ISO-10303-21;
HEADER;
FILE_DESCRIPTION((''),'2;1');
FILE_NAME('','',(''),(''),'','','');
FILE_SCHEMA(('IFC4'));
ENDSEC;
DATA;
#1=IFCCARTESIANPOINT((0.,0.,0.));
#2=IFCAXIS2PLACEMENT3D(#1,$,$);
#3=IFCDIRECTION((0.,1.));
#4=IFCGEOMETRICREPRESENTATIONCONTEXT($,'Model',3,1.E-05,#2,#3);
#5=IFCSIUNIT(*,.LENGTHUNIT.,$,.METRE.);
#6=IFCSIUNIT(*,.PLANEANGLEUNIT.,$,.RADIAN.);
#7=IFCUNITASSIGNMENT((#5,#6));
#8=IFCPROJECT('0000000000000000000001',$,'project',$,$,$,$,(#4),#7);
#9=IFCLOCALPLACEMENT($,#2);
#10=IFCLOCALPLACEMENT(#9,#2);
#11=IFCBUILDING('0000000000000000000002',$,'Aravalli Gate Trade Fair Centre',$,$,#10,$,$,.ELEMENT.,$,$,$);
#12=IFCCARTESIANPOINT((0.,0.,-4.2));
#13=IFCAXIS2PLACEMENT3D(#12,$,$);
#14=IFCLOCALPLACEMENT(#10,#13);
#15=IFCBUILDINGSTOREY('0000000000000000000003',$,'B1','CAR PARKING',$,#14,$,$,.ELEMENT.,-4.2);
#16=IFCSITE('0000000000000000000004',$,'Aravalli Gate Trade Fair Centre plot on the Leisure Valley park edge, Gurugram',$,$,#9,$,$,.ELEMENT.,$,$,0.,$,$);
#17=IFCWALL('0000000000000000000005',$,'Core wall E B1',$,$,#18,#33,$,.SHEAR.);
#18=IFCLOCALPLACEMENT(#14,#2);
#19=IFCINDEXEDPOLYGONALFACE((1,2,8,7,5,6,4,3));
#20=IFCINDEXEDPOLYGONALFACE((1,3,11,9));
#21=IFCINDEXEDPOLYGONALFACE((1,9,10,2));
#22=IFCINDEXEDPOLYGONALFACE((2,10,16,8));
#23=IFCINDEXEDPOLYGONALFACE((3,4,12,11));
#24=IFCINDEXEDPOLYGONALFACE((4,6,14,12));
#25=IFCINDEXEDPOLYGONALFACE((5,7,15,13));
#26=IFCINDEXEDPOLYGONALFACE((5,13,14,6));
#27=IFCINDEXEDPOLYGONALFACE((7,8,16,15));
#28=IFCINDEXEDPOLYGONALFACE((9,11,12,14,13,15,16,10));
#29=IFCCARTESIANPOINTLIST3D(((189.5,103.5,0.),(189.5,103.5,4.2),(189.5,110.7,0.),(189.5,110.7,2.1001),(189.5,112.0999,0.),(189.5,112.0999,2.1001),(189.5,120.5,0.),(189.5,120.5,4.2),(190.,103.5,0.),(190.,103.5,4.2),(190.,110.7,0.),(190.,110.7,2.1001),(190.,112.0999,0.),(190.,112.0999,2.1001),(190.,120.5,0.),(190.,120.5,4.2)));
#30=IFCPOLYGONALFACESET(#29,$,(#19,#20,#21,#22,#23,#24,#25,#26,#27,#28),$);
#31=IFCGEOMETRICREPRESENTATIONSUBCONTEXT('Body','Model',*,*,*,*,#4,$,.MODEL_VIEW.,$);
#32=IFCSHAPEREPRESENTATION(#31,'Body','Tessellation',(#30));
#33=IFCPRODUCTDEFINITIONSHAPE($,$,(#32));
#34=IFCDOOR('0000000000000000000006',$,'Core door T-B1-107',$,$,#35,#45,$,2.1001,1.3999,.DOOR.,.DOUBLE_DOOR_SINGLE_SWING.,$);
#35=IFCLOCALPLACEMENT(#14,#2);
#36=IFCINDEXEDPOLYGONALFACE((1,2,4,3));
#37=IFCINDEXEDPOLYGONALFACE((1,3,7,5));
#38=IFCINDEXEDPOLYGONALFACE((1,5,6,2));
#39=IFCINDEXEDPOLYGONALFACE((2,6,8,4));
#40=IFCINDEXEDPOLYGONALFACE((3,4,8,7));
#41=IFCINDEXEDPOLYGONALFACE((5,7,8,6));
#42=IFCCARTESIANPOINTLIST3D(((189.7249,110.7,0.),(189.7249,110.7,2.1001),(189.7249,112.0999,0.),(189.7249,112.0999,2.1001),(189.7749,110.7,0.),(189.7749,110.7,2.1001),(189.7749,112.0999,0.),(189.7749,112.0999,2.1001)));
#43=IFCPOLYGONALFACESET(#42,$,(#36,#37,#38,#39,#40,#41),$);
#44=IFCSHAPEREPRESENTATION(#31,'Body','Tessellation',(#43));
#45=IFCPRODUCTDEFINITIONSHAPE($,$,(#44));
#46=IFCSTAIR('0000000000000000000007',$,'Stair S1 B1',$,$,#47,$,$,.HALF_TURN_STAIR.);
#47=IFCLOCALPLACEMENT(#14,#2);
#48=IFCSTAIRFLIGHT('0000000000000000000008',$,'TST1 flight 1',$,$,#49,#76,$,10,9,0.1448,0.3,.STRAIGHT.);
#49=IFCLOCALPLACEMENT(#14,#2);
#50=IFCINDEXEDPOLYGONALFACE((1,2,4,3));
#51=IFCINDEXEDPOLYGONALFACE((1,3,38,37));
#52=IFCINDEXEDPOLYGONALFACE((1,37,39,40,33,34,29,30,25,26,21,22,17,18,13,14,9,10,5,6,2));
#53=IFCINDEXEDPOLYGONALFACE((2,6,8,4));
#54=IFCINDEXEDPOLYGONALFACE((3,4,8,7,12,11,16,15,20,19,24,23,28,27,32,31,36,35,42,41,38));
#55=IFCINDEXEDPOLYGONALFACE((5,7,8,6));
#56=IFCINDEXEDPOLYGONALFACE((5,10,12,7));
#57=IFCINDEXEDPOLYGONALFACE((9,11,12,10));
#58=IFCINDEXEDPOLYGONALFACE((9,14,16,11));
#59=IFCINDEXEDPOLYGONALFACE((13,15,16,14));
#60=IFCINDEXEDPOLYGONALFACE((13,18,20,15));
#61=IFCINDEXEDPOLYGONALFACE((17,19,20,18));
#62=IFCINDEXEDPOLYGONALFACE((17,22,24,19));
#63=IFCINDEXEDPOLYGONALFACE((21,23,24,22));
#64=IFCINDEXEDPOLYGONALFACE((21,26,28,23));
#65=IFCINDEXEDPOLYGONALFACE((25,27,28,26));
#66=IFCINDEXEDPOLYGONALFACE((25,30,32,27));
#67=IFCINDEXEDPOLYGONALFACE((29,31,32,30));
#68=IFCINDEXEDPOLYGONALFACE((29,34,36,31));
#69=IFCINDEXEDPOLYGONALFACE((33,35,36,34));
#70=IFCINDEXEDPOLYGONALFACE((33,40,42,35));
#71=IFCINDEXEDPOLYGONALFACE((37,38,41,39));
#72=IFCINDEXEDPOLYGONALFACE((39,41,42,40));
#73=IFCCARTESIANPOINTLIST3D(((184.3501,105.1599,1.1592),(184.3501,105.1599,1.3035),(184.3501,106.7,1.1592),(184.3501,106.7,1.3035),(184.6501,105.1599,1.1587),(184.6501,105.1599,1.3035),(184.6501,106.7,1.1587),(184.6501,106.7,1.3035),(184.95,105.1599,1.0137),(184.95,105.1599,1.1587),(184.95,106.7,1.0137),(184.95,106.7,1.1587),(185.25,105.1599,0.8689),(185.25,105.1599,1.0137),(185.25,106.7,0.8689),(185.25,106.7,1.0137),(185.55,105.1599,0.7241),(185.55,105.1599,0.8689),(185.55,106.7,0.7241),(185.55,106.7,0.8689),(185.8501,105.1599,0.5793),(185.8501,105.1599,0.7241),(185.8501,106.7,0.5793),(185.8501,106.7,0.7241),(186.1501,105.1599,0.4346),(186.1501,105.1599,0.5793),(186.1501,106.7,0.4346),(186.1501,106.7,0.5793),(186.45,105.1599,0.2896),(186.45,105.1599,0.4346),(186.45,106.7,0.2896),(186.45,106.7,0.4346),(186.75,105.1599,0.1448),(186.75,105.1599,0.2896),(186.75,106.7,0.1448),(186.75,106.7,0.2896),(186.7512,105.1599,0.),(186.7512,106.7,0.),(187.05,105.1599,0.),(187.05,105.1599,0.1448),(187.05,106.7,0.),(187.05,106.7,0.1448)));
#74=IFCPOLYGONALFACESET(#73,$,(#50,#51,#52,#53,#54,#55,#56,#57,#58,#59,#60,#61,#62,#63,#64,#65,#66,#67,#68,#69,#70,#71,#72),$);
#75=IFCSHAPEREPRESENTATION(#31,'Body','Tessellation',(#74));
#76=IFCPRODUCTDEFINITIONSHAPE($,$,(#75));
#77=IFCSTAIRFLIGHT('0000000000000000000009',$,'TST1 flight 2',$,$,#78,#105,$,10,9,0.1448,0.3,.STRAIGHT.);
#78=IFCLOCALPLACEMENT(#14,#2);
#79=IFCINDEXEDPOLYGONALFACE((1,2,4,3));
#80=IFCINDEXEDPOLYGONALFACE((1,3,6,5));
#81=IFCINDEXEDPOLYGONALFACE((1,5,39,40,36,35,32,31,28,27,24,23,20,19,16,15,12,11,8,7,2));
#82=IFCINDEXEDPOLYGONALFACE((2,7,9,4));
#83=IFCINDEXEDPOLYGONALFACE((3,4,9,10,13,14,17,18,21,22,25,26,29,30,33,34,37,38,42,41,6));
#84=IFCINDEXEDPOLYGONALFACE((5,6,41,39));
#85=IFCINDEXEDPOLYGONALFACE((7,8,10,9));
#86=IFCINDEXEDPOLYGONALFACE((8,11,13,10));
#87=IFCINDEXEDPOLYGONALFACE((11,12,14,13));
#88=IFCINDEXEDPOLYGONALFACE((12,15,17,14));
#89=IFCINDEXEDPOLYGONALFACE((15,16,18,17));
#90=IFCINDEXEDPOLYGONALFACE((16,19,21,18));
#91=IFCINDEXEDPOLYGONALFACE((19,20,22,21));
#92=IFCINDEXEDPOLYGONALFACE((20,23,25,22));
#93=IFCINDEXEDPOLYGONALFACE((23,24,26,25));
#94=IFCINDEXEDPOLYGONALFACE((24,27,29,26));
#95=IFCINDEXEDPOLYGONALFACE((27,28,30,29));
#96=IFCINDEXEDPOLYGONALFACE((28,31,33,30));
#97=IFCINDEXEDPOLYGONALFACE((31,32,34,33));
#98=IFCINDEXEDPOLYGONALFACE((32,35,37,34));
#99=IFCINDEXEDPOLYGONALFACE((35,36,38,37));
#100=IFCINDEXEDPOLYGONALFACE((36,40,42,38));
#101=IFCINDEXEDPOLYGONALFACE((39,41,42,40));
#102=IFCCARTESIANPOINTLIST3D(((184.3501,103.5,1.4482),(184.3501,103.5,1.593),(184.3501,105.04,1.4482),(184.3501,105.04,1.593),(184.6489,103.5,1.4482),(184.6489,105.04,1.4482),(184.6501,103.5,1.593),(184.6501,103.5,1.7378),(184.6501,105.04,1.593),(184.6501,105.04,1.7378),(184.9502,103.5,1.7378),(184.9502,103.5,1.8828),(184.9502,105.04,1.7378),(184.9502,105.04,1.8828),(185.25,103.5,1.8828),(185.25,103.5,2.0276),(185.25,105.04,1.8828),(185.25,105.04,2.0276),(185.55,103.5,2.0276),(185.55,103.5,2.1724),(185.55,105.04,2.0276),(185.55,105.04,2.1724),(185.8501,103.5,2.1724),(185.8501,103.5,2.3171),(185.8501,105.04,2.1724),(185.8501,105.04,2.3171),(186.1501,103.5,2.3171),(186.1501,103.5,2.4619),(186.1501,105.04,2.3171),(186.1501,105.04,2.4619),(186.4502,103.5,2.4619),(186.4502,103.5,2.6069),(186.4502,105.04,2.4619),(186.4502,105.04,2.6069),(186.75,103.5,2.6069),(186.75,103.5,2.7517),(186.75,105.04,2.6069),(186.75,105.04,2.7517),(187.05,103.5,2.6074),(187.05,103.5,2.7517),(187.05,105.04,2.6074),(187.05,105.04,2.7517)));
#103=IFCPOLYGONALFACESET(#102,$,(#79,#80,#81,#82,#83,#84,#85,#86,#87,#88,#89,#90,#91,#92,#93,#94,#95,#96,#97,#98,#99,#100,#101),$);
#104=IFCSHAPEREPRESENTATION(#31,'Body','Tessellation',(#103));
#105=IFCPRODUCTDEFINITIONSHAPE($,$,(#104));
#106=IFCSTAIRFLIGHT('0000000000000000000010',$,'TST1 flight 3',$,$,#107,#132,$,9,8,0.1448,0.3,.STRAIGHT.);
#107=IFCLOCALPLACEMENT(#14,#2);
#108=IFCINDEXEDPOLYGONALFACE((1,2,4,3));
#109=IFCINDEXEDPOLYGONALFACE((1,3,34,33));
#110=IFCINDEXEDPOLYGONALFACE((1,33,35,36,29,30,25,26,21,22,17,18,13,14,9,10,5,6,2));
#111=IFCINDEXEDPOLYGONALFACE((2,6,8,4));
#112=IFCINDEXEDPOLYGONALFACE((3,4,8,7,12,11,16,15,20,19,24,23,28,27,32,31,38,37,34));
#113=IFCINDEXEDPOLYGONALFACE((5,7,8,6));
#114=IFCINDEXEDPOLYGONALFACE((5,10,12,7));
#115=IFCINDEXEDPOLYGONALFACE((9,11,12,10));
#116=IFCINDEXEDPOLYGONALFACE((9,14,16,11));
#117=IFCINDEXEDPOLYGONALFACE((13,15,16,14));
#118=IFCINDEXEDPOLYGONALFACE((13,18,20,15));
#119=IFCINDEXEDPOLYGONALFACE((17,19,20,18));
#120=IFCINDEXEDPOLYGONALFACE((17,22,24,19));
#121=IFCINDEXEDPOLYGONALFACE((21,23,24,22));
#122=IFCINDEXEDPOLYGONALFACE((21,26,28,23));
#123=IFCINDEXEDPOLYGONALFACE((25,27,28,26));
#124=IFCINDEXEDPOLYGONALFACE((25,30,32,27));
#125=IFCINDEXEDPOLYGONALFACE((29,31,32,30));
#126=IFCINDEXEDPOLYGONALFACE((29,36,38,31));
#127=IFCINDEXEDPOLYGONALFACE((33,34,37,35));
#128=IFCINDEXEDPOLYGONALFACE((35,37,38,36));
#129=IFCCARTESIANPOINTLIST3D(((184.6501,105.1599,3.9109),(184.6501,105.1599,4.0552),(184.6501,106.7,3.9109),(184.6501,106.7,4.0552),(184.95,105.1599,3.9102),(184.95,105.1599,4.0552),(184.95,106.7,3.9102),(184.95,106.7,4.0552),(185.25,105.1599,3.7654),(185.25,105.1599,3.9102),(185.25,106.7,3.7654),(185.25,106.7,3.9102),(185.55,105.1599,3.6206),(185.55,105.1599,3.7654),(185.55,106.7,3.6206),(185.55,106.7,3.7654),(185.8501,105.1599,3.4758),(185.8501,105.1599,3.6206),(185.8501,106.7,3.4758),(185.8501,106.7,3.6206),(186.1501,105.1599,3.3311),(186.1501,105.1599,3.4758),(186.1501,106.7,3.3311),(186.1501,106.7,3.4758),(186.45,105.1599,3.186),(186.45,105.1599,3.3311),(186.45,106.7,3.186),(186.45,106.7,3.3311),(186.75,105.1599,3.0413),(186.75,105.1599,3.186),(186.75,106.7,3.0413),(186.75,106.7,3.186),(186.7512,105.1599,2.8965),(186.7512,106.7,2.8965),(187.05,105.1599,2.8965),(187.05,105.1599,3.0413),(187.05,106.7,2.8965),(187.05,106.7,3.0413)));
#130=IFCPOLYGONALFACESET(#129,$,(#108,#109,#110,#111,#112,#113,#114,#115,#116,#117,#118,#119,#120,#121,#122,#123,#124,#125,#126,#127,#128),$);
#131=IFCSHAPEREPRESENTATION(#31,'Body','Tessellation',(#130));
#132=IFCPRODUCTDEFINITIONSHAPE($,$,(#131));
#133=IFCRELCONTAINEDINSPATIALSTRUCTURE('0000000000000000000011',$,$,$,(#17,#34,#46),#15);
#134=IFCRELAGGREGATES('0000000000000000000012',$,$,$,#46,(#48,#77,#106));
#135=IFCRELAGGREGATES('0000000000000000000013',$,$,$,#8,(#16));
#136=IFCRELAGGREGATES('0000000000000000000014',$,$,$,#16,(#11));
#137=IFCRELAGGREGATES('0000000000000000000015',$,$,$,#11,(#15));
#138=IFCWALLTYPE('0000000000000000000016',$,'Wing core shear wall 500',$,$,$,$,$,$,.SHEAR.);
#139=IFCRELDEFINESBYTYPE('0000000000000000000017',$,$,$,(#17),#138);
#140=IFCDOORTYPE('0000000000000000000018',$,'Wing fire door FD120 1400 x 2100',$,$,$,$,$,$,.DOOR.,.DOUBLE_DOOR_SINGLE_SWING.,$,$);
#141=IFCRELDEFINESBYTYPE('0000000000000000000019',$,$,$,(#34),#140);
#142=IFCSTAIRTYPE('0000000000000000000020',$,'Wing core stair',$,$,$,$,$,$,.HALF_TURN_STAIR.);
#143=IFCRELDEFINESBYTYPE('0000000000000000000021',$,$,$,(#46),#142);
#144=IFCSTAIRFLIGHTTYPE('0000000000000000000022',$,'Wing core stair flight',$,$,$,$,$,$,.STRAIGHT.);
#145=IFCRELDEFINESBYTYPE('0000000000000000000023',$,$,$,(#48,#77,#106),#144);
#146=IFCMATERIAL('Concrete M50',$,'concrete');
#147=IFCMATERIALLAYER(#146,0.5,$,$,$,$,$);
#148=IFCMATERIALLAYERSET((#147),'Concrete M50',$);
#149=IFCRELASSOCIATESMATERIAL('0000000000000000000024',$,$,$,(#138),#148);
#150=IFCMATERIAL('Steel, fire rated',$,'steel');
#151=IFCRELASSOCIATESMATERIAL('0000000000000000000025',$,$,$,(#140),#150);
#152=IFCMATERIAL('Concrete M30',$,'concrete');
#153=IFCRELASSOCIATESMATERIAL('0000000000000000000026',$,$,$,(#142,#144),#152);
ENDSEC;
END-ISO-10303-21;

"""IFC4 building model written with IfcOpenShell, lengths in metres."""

from ifc_helpers import new_model, si_unit, direction, frame, frame_2d, origin, place, context, subcontext, project, spatial, polyline, rectangle, outline, extrude, material, layer, layer_set, type_object, element, fill, aggregate, save


model = new_model("IFC4")

# Units and contexts
model_context = context("Model", 3, precision=1e-05, world=origin(), true_north=direction((0.0, 1.0)))
body_context = subcontext(model_context, "Body", "Model", "MODEL_VIEW")
ifc_project = project(units=[si_unit("LENGTHUNIT", "METRE"), si_unit("PLANEANGLEUNIT", "RADIAN")], contexts=[model_context])

# Site, building, storey
site_placement = place(None, origin())
site = spatial("IfcSite", under=ifc_project, at=site_placement, Name="Aravalli Gate Trade Fair Centre plot on the Leisure Valley park edge, Gurugram", CompositionType="ELEMENT", RefElevation=0.0)
building_placement = place(site_placement, origin())
building = spatial("IfcBuilding", under=site, at=building_placement, Name="Aravalli Gate Trade Fair Centre", CompositionType="ELEMENT")
storey_placement = place(building_placement, frame((0.0, 0.0, -4.2)))
storey = spatial("IfcBuildingStorey", under=building, at=storey_placement, Name="B1", Description="CAR PARKING", CompositionType="ELEMENT", Elevation=-4.2)

# Shared definitions
ifc_material_1 = material(Name="Concrete M30", Category="concrete")

# Wall, opening, door
ifc_material_2 = material(Name="Concrete M50", Category="concrete")
ifc_layer_1 = layer(ifc_material_2, 0.5)
ifc_layer_set_1 = layer_set([ifc_layer_1], Name="Concrete M50")
wall_type_1 = type_object("IfcWallType", Name="Wing core shear wall 500", PredefinedType="SHEAR", material=ifc_layer_set_1)
wall_1_placement = place(storey_placement, frame((189.75, 103.5, 0.0), z_axis=(0.0, 0.0, 1.0), x_axis=(0.0, 1.0, 0.0)))
wall_1 = element("IfcWall", 1, at=wall_1_placement, inside=storey, type_object=wall_type_1, Name="Core wall E B1", PredefinedType="SHEAR", context=body_context, shape_type="SweptSolid", body=[
    extrude(rectangle(XDim=17.0, YDim=0.5, at=frame_2d((8.5, 0.0))), origin(), (0.0, 0.0, 1.0), 4.2),
])
opening_placement = place(wall_1_placement, frame((7.2, 0.0, 0.0)))
opening = element("IfcOpeningElement", 2, at=opening_placement, cuts=wall_1, PredefinedType="OPENING", context=body_context, shape_type="SweptSolid", body=[
    extrude(rectangle(XDim=1.3999, YDim=2.1001, at=frame_2d((0.7, 1.05))), frame((0.0, 0.26, 0.0), z_axis=(0.0, -1.0, 0.0), x_axis=(1.0, 0.0, 0.0)), (0.0, 0.0, 1.0), 0.52),
])
ifc_material_3 = material(Name="Steel, fire rated", Category="steel")
door_type = type_object("IfcDoorType", Name="Wing fire door FD120 1400 x 2100", OperationType="DOUBLE_DOOR_SINGLE_SWING", PredefinedType="DOOR", material=ifc_material_3)
door_placement = place(opening_placement, frame((1.3999, 0.0, 0.0), z_axis=(0.0, 0.0, 1.0), x_axis=(-1.0, 0.0, 0.0)))
door = element("IfcDoor", 3, at=door_placement, inside=storey, type_object=door_type, Name="Core door T-B1-107", OperationType="DOUBLE_DOOR_SINGLE_SWING", OverallHeight=2.1001, OverallWidth=1.3999, PredefinedType="DOOR", context=body_context, shape_type="SweptSolid", body=[
    extrude(rectangle(XDim=1.3999, YDim=2.1001, at=frame_2d((0.7, 1.05))), frame((0.0, 0.0249, 0.0), z_axis=(0.0, -1.0, 0.0), x_axis=(1.0, 0.0, 0.0)), (0.0, 0.0, 1.0), 0.05),
])
fill(opening, door)

# Stair, stair flights
stair_type = type_object("IfcStairType", Name="Wing core stair", PredefinedType="HALF_TURN_STAIR", material=ifc_material_1)
stair_placement = place(storey_placement, origin())
stair = element("IfcStair", 4, at=stair_placement, inside=storey, type_object=stair_type, Name="Stair S1 B1", PredefinedType="HALF_TURN_STAIR")
stair_flight_type = type_object("IfcStairFlightType", Name="Wing core stair flight", PredefinedType="STRAIGHT", material=ifc_material_1)
stair_flight_1_placement = place(storey_placement, frame((187.05, 105.9299, 0.0), z_axis=(0.0, 0.0, 1.0), x_axis=(-1.0, 0.0, 0.0)))
stair_flight_1 = element("IfcStairFlight", 5, at=stair_flight_1_placement, type_object=stair_flight_type, Name="TST1 flight 1", NumberOfRisers=10, NumberOfTreads=9, PredefinedType="STRAIGHT", RiserHeight=0.1448, TreadLength=0.3, context=body_context, shape_type="SweptSolid", body=[
    extrude(outline(polyline([(0.0, 0.0), (0.0, 0.1448), (0.3, 0.1448), (0.3, 0.2896), (0.6001, 0.2896), (0.6001, 0.4346), (0.8999, 0.4346), (0.8999, 0.5793), (1.2, 0.5793), (1.2, 0.7241), (1.5, 0.7241), (1.5, 0.8689), (1.8, 0.8689), (1.8, 1.0137), (2.1001, 1.0137), (2.1001, 1.1587), (2.3999, 1.1587), (2.3999, 1.3035), (2.7, 1.3035), (2.7, 1.4482), (2.7, 1.1592), (0.2988, 0.0), (0.0, 0.0)])), frame((0.0, 0.77, 0.0), z_axis=(0.0, -1.0, 0.0), x_axis=(1.0, 0.0, 0.0)), (0.0, 0.0, 1.0), 1.54),
])
stair_flight_2_placement = place(storey_placement, frame((184.3501, 104.27, 1.4482), z_axis=(0.0, 0.0, 1.0), x_axis=(1.0, 0.0, 0.0)))
stair_flight_2 = element("IfcStairFlight", 6, at=stair_flight_2_placement, type_object=stair_flight_type, Name="TST1 flight 2", NumberOfRisers=10, NumberOfTreads=9, PredefinedType="STRAIGHT", RiserHeight=0.1448, TreadLength=0.3, context=body_context, shape_type="SweptSolid", body=[
    extrude(outline(polyline([(0.0, 0.0), (0.0, 0.1448), (0.3, 0.1448), (0.3, 0.2896), (0.6001, 0.2896), (0.6001, 0.4346), (0.8999, 0.4346), (0.8999, 0.5793), (1.2, 0.5793), (1.2, 0.7241), (1.5, 0.7241), (1.5, 0.8689), (1.8, 0.8689), (1.8, 1.0137), (2.1001, 1.0137), (2.1001, 1.1587), (2.3999, 1.1587), (2.3999, 1.3035), (2.7, 1.3035), (2.7, 1.4482), (2.7, 1.1592), (0.2988, 0.0), (0.0, 0.0)])), frame((0.0, 0.77, 0.0), z_axis=(0.0, -1.0, 0.0), x_axis=(1.0, 0.0, 0.0)), (0.0, 0.0, 1.0), 1.54),
])
stair_flight_3_placement = place(storey_placement, frame((187.05, 105.9299, 2.8965), z_axis=(0.0, 0.0, 1.0), x_axis=(-1.0, 0.0, 0.0)))
stair_flight_3 = element("IfcStairFlight", 7, at=stair_flight_3_placement, type_object=stair_flight_type, Name="TST1 flight 3", NumberOfRisers=9, NumberOfTreads=8, PredefinedType="STRAIGHT", RiserHeight=0.1448, TreadLength=0.3, context=body_context, shape_type="SweptSolid", body=[
    extrude(outline(polyline([(0.0, 0.0), (0.0, 0.1448), (0.3, 0.1448), (0.3, 0.2896), (0.6001, 0.2896), (0.6001, 0.4346), (0.8999, 0.4346), (0.8999, 0.5793), (1.2, 0.5793), (1.2, 0.7241), (1.5, 0.7241), (1.5, 0.8689), (1.8, 0.8689), (1.8, 1.0137), (2.1001, 1.0137), (2.1001, 1.1587), (2.3999, 1.1587), (2.3999, 1.3035), (2.3999, 1.0144), (0.2988, 0.0), (0.0, 0.0)])), frame((0.0, 0.77, 0.0), z_axis=(0.0, -1.0, 0.0), x_axis=(1.0, 0.0, 0.0)), (0.0, 0.0, 1.0), 1.54),
])
aggregate(stair, [stair_flight_1, stair_flight_2, stair_flight_3])

save(model, "model.ifc")
